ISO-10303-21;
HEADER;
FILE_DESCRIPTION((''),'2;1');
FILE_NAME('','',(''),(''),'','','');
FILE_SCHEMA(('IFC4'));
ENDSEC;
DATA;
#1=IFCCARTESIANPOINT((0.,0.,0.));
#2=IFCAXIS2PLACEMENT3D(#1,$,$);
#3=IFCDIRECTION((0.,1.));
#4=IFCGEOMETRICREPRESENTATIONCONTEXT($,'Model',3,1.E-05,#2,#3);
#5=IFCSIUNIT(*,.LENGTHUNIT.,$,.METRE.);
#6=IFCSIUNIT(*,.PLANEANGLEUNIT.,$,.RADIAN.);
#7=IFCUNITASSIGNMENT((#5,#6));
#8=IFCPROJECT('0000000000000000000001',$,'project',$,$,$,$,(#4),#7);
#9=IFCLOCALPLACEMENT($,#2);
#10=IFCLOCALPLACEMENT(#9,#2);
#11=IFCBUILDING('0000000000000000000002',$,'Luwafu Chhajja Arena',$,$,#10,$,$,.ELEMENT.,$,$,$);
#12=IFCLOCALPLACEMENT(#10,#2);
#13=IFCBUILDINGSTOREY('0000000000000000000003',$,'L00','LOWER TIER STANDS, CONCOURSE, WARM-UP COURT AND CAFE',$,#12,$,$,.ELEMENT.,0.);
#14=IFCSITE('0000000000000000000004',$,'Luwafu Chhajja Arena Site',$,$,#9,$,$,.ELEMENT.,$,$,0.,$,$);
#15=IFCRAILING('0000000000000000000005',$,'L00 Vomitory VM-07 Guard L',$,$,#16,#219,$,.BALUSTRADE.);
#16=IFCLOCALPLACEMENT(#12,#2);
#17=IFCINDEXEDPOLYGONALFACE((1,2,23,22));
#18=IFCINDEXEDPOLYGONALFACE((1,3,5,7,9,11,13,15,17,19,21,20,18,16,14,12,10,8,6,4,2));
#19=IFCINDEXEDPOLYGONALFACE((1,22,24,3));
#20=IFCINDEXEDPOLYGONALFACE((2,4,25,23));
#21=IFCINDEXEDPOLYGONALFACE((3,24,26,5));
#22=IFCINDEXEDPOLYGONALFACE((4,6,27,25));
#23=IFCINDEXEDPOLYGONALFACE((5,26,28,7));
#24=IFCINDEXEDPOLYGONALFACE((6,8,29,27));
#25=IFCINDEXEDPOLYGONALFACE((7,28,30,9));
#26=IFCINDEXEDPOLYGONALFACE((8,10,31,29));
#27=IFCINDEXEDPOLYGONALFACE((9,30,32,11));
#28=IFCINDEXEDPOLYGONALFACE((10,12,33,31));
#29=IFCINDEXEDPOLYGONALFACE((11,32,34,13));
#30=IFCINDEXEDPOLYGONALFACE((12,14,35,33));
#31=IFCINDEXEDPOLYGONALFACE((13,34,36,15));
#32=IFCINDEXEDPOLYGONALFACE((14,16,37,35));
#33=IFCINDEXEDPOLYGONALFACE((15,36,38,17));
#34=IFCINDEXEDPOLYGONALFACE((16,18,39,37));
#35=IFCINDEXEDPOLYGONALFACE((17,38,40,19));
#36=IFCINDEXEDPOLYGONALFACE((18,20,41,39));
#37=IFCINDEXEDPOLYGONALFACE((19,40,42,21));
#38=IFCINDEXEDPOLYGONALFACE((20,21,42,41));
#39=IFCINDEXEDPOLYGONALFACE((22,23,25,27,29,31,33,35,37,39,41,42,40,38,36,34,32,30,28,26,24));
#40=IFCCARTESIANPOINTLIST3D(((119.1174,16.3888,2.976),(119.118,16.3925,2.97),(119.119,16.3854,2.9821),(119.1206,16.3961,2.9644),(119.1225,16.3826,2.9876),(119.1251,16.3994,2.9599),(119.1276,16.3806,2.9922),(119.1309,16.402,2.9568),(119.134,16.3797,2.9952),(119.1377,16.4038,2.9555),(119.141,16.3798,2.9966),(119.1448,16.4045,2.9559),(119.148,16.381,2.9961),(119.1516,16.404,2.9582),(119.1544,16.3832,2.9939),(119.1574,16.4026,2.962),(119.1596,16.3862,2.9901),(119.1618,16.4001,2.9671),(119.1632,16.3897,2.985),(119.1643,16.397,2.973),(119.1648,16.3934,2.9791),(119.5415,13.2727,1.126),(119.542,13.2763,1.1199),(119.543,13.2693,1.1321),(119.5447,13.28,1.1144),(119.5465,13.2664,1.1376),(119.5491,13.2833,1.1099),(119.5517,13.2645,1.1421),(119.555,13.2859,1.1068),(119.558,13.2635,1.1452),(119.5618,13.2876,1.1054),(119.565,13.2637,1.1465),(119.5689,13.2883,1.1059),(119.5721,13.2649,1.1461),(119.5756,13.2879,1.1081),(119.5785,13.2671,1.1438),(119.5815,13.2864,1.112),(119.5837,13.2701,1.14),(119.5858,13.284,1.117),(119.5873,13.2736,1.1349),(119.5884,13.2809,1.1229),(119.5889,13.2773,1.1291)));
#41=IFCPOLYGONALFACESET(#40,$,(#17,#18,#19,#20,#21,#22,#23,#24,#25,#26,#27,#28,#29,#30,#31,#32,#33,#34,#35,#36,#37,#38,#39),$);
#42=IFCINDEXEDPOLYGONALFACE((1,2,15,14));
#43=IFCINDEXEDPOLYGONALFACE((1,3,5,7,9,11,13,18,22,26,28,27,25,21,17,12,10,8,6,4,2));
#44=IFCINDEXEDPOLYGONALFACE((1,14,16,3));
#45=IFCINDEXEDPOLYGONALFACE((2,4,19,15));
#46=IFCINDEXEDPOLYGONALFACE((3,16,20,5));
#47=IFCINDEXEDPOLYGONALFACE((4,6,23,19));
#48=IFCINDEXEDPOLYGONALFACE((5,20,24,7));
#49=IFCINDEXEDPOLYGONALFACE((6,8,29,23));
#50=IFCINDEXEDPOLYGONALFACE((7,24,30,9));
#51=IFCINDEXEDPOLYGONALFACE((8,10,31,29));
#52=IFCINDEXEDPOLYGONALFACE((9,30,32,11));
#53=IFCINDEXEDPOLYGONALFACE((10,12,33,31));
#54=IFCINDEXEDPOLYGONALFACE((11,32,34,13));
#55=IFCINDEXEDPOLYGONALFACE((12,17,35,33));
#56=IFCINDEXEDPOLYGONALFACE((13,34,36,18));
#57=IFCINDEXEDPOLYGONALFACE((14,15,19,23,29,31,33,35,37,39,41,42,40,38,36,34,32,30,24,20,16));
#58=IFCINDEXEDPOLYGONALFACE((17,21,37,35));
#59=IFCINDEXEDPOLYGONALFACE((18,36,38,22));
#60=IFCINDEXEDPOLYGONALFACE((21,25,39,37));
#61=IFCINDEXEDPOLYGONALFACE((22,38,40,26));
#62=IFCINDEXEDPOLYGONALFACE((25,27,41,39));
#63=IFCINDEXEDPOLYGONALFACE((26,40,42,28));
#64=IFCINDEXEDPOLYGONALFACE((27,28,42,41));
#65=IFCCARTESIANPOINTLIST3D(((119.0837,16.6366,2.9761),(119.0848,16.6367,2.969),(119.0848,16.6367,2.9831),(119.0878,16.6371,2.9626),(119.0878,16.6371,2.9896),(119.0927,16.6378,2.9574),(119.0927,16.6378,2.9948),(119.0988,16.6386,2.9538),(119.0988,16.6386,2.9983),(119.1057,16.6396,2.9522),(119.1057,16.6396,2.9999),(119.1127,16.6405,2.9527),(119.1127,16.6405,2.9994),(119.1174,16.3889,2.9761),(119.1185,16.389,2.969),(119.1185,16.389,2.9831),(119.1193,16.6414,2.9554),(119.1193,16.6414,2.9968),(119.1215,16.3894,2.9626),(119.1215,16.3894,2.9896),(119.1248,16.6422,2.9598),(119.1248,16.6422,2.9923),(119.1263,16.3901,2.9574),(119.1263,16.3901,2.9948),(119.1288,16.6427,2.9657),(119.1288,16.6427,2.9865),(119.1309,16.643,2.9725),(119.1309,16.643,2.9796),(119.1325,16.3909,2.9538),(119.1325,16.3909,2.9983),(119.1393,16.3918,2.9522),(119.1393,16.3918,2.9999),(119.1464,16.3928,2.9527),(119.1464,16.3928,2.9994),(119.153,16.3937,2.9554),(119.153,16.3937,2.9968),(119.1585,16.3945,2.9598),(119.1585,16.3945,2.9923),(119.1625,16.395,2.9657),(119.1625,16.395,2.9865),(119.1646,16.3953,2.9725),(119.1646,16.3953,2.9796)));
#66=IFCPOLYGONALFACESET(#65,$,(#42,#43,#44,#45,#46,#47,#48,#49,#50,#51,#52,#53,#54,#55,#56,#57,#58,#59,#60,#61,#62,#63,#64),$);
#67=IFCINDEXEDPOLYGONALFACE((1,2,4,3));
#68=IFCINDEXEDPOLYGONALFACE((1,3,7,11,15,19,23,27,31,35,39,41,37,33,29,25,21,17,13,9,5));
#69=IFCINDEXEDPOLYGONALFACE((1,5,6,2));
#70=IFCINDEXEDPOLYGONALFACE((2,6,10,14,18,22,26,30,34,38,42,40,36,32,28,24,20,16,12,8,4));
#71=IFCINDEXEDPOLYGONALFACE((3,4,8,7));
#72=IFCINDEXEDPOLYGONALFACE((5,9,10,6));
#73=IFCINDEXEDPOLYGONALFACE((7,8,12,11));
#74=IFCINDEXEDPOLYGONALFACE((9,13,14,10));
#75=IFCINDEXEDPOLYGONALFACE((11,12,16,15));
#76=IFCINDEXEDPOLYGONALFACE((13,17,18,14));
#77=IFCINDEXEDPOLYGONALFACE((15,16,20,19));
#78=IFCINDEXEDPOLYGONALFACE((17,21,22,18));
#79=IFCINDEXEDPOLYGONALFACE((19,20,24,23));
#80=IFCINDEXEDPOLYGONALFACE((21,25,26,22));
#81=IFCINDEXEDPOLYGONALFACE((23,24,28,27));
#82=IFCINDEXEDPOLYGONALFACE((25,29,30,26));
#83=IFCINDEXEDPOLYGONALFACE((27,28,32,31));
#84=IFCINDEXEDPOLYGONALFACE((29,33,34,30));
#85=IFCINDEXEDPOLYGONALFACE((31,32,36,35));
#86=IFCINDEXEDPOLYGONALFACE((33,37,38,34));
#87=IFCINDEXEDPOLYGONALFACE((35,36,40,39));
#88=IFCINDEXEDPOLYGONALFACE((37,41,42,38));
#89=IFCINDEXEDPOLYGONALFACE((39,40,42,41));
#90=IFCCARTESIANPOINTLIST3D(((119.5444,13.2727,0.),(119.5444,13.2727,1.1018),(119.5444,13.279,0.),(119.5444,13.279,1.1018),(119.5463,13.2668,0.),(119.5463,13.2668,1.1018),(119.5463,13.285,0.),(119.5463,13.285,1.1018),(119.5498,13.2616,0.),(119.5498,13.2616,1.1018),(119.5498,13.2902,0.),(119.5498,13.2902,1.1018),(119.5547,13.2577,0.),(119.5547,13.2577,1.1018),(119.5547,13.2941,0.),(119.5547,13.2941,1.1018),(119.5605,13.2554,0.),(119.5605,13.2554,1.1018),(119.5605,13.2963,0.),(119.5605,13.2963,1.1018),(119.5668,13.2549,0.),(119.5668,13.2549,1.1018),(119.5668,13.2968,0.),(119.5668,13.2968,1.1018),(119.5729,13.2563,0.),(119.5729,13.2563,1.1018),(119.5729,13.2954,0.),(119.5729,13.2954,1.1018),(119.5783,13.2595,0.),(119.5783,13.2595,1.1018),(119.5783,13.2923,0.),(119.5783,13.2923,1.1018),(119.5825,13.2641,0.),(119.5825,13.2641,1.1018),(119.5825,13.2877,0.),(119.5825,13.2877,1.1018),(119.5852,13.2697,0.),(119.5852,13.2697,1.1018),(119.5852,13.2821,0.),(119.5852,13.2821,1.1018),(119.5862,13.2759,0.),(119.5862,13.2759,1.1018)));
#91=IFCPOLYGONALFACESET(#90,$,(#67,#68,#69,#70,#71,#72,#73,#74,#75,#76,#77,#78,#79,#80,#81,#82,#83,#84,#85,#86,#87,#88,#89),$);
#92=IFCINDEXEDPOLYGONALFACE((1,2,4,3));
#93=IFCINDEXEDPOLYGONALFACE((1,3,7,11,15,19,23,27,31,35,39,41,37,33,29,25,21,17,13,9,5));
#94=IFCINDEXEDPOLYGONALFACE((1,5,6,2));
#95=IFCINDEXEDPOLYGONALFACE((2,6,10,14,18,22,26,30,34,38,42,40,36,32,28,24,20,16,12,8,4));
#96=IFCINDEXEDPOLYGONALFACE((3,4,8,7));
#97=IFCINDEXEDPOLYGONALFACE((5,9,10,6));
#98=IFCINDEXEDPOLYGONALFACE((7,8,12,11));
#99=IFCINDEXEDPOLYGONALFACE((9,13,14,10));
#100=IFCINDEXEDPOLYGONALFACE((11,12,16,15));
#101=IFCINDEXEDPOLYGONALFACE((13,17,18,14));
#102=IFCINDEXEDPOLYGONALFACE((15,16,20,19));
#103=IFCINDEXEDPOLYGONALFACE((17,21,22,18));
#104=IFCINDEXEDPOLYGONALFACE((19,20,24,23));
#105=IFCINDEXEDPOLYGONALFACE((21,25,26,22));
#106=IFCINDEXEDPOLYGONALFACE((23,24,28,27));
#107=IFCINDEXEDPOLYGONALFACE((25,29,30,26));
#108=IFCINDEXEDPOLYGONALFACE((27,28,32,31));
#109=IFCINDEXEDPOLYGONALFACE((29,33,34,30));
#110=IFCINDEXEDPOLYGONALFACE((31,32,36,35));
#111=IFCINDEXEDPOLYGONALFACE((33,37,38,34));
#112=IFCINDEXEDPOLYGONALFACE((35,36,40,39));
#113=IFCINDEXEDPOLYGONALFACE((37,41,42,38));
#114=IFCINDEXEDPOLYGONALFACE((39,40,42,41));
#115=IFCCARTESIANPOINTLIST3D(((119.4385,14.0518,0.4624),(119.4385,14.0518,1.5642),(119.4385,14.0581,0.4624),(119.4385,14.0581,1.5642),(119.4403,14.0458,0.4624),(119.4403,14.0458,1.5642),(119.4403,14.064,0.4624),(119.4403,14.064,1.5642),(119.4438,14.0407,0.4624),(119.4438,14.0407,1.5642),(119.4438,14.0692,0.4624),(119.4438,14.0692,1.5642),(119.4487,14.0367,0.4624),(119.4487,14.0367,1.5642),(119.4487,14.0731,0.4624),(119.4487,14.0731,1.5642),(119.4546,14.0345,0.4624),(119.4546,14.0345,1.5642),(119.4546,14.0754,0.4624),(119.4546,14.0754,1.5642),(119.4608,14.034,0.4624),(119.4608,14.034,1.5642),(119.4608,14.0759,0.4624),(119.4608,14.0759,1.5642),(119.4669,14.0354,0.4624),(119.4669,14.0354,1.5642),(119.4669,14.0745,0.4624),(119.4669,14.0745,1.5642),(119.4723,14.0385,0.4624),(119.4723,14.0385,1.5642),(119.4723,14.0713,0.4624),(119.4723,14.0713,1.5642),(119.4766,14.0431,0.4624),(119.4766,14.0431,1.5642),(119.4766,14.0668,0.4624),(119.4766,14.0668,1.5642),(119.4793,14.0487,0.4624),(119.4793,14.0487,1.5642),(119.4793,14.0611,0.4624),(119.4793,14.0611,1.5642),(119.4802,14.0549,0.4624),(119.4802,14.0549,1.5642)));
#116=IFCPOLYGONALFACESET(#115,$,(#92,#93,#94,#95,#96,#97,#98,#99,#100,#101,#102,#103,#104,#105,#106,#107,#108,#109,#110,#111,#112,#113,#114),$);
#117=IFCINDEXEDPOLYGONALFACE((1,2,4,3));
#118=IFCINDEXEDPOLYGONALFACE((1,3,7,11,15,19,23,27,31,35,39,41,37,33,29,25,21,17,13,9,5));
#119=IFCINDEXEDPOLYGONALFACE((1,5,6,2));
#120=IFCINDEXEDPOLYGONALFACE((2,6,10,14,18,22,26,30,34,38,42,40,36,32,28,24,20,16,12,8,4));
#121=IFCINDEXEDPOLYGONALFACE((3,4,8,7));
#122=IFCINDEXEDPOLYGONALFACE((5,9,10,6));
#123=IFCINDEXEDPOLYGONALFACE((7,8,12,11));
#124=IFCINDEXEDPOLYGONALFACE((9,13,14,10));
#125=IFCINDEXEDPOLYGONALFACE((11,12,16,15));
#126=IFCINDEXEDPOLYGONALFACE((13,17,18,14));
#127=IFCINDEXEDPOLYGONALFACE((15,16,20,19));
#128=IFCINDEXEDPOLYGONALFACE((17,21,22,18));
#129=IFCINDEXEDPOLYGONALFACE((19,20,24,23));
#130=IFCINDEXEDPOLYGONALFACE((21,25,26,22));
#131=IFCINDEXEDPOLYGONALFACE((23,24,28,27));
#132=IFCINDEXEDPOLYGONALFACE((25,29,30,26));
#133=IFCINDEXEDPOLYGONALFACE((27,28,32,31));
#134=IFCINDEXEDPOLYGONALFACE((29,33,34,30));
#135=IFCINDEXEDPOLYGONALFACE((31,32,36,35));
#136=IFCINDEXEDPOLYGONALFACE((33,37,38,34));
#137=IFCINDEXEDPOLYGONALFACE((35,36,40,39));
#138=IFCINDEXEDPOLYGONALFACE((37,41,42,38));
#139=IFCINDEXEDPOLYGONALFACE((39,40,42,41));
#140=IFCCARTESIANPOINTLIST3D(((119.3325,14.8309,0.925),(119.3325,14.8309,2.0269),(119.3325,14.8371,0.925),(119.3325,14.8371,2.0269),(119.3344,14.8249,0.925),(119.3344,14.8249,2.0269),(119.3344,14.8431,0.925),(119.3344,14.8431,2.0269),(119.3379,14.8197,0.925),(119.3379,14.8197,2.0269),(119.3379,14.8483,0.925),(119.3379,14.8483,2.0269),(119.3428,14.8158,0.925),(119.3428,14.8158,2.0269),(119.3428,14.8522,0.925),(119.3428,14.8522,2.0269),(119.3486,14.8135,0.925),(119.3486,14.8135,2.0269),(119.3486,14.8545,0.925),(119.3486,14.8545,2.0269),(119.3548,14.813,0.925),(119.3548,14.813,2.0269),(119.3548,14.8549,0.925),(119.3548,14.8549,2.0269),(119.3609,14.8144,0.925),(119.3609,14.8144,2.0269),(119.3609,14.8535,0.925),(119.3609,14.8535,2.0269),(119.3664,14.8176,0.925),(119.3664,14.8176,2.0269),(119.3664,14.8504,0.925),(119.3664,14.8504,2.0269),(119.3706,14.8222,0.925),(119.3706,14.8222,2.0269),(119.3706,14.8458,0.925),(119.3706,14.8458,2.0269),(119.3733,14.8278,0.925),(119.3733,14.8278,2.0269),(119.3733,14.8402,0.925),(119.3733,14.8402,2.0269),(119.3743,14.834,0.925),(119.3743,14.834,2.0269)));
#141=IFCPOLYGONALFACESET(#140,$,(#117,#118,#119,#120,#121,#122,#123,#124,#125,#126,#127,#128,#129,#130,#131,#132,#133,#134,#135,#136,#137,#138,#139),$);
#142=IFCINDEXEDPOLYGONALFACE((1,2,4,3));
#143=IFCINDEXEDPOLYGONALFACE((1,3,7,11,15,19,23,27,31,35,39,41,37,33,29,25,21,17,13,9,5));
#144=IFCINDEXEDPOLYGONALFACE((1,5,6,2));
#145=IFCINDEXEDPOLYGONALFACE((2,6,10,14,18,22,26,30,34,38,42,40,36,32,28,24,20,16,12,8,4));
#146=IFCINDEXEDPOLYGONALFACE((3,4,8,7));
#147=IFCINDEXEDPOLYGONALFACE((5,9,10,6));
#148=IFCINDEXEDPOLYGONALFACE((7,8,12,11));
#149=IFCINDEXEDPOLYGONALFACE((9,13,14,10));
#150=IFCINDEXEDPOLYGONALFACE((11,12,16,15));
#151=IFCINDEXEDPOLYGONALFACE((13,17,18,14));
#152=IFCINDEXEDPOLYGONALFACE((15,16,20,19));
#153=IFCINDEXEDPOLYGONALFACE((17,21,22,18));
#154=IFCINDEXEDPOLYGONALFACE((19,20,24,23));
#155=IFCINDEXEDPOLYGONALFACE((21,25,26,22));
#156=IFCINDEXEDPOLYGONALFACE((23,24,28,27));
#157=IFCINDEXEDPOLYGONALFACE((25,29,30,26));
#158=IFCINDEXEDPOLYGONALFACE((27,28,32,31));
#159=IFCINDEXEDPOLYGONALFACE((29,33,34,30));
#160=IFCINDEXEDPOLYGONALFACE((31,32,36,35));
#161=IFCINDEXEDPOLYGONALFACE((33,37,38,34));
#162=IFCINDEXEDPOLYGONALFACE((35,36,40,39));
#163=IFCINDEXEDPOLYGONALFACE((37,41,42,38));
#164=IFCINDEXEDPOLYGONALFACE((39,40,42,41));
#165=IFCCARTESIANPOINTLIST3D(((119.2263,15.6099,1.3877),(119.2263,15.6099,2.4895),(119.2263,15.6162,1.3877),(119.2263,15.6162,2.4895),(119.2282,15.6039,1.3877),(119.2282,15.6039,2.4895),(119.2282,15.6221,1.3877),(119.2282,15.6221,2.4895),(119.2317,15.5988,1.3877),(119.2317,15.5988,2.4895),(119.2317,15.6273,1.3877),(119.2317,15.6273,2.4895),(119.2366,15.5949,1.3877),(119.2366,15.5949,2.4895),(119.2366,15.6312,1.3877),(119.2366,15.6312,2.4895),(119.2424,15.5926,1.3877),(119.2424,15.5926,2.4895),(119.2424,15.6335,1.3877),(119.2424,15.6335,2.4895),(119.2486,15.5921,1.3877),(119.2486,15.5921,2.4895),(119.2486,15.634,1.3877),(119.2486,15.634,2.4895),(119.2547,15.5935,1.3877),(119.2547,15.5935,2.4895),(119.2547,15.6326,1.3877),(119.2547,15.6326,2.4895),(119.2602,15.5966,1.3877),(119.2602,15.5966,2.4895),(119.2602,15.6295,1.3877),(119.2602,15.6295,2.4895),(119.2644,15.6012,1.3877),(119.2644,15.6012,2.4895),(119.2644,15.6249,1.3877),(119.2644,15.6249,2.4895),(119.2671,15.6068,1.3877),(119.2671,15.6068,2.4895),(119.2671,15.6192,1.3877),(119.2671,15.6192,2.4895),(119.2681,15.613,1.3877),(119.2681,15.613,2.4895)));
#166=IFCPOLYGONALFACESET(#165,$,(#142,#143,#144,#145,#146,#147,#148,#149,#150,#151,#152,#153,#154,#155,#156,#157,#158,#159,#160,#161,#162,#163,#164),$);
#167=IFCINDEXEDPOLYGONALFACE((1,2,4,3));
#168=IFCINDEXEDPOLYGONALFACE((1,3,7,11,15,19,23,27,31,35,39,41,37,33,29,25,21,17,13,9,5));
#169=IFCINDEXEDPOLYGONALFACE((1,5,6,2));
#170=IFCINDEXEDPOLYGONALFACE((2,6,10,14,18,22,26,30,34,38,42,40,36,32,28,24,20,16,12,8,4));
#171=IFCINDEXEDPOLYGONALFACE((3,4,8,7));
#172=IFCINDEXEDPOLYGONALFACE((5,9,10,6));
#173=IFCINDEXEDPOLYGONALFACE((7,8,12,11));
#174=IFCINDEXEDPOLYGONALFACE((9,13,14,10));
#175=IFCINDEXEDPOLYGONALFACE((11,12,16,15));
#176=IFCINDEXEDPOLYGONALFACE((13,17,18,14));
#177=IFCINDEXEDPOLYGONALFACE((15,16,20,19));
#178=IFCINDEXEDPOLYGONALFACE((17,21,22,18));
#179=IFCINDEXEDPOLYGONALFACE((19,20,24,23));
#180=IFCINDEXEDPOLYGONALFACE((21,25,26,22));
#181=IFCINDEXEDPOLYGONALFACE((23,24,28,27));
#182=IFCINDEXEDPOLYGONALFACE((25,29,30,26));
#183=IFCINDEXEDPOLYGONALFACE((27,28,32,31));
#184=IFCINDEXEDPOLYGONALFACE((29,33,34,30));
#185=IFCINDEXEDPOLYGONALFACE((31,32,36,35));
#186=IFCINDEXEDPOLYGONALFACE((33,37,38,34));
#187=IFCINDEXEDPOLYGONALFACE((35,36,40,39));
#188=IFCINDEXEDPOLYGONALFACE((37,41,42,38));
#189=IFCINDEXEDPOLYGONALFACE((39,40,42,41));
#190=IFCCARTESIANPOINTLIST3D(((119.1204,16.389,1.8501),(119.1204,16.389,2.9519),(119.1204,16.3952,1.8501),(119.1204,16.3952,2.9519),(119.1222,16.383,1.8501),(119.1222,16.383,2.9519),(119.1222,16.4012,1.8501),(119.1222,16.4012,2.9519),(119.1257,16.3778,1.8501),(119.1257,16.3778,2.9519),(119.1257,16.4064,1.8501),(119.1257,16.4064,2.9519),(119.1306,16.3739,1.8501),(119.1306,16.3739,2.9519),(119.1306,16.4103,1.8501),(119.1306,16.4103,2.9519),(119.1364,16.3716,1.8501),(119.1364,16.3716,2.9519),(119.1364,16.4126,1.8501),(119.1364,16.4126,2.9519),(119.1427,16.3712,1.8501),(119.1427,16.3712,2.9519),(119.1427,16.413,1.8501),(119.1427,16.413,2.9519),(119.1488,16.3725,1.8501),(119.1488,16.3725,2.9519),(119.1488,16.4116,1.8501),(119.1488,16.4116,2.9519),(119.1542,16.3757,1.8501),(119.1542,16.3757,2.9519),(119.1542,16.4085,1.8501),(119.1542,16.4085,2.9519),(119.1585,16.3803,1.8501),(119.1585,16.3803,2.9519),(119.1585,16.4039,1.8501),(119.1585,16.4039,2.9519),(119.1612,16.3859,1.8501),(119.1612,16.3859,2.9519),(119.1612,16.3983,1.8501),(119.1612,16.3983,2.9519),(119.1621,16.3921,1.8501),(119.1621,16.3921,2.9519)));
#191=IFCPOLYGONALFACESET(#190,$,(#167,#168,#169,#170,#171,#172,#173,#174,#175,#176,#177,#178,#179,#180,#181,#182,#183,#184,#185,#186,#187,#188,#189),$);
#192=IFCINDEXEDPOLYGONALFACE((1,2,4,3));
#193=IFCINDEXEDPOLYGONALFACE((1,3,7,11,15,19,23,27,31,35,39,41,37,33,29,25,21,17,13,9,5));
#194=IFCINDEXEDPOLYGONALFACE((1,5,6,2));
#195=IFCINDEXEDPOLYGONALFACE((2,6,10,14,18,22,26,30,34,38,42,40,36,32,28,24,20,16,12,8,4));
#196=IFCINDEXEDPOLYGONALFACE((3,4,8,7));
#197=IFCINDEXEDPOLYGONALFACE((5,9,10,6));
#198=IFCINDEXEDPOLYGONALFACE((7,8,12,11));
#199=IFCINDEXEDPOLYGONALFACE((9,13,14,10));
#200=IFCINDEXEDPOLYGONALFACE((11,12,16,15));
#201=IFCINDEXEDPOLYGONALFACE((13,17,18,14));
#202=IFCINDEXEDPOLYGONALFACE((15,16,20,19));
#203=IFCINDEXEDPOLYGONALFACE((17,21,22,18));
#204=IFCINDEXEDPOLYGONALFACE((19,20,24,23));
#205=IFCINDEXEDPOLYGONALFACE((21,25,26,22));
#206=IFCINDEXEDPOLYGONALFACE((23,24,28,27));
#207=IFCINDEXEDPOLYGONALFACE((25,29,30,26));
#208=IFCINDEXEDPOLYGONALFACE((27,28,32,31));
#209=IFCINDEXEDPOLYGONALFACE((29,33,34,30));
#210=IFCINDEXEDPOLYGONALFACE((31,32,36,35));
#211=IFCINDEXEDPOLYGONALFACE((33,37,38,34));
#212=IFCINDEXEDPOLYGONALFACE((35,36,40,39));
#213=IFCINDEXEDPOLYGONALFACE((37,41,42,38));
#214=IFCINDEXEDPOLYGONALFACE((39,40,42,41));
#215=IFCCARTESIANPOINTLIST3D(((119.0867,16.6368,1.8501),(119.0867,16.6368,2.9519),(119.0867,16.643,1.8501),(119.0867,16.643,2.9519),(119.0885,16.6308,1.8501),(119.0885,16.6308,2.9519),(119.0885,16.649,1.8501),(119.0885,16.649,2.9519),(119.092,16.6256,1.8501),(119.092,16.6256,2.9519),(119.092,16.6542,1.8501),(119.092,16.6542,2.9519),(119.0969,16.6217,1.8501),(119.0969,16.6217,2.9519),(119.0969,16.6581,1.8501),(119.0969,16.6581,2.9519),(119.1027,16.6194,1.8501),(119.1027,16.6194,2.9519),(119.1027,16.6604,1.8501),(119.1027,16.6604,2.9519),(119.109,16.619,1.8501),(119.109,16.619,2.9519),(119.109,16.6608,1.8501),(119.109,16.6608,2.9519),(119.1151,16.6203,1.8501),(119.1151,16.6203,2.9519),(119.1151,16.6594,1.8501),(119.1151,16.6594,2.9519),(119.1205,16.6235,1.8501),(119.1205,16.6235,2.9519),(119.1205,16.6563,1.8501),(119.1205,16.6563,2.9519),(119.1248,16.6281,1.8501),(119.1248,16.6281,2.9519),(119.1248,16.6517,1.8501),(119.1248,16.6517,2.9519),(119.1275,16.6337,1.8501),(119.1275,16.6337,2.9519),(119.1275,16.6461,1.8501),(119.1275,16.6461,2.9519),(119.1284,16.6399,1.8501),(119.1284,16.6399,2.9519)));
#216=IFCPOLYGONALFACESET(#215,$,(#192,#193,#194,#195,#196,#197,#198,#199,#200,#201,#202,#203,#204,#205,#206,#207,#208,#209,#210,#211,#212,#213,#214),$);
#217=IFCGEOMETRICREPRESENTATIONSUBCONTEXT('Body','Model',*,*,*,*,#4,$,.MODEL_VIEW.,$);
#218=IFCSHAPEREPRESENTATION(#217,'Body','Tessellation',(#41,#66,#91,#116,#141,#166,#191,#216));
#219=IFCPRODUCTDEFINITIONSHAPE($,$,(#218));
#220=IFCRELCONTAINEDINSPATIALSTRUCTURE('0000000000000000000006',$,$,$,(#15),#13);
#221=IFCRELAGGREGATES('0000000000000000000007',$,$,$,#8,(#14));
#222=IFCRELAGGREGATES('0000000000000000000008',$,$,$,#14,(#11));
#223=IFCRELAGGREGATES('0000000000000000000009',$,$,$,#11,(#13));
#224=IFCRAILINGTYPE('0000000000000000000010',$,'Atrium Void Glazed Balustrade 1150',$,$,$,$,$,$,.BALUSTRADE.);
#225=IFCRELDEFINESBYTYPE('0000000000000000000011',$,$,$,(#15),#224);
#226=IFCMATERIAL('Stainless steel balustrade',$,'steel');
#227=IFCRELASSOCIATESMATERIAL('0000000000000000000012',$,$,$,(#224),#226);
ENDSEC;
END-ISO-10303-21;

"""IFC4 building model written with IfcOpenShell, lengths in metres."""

from ifc_helpers import new_model, si_unit, direction, frame, origin, origin_2d, place, context, subcontext, project, spatial, circle, extrude, material, type_object, element, save


model = new_model("IFC4")

# Units and contexts
model_context = context("Model", 3, precision=1e-05, world=origin(), true_north=direction((0.0, 1.0)))
body_context = subcontext(model_context, "Body", "Model", "MODEL_VIEW")
ifc_project = project(units=[si_unit("LENGTHUNIT", "METRE"), si_unit("PLANEANGLEUNIT", "RADIAN")], contexts=[model_context])

# Site, building, storey
site_placement = place(None, origin())
site = spatial("IfcSite", under=ifc_project, at=site_placement, Name="Luwafu Chhajja Arena Site", CompositionType="ELEMENT", RefElevation=0.0)
building_placement = place(site_placement, origin())
building = spatial("IfcBuilding", under=site, at=building_placement, Name="Luwafu Chhajja Arena", CompositionType="ELEMENT")
storey_placement = place(building_placement, origin())
storey = spatial("IfcBuildingStorey", under=building, at=storey_placement, Name="L00", Description="LOWER TIER STANDS, CONCOURSE, WARM-UP COURT AND CAFE", CompositionType="ELEMENT", Elevation=0.0)

# Railing
ifc_material_1 = material(Name="Stainless steel balustrade", Category="steel")
railing_type_1 = type_object("IfcRailingType", Name="Atrium Void Glazed Balustrade 1150", PredefinedType="BALUSTRADE", material=ifc_material_1)
railing_1_placement = place(storey_placement, frame((119.5652, 13.2759, 0.0)))
element("IfcRailing", 1, at=railing_1_placement, inside=storey, type_object=railing_type_1, Name="L00 Vomitory VM-07 Guard L", PredefinedType="BALUSTRADE", context=body_context, shape_type="SweptSolid", body=[
    extrude(circle(Radius=0.0239, at=origin_2d()), frame((0.0, 0.0, 1.126), z_axis=(-0.116224, 0.854046, 0.507048), x_axis=(-0.990867, -0.134843, 0.0)), (0.0, 0.0, 1.0), 3.6487),
    extrude(circle(Radius=0.0239, at=origin_2d()), frame((-0.4241, 3.1162, 2.9761), z_axis=(-0.134721, 0.990884, 0.0), x_axis=(-0.990884, -0.134721, 0.0)), (0.0, 0.0, 1.0), 0.25),
    extrude(circle(Radius=0.021, at=origin_2d()), origin(), (0.0, 0.0, 1.0), 1.1018),
    extrude(circle(Radius=0.021, at=origin_2d()), frame((-0.106, 0.7791, 0.4624)), (0.0, 0.0, 1.0), 1.1018),
    extrude(circle(Radius=0.021, at=origin_2d()), frame((-0.2119, 1.5581, 0.925)), (0.0, 0.0, 1.0), 1.1018),
    extrude(circle(Radius=0.021, at=origin_2d()), frame((-0.3181, 2.3372, 1.3877)), (0.0, 0.0, 1.0), 1.1018),
    extrude(circle(Radius=0.021, at=origin_2d()), frame((-0.4241, 3.1162, 1.8501)), (0.0, 0.0, 1.0), 1.1018),
    extrude(circle(Radius=0.021, at=origin_2d()), frame((-0.4578, 3.364, 1.8501)), (0.0, 0.0, 1.0), 1.1018),
])

save(model, "model.ifc")
